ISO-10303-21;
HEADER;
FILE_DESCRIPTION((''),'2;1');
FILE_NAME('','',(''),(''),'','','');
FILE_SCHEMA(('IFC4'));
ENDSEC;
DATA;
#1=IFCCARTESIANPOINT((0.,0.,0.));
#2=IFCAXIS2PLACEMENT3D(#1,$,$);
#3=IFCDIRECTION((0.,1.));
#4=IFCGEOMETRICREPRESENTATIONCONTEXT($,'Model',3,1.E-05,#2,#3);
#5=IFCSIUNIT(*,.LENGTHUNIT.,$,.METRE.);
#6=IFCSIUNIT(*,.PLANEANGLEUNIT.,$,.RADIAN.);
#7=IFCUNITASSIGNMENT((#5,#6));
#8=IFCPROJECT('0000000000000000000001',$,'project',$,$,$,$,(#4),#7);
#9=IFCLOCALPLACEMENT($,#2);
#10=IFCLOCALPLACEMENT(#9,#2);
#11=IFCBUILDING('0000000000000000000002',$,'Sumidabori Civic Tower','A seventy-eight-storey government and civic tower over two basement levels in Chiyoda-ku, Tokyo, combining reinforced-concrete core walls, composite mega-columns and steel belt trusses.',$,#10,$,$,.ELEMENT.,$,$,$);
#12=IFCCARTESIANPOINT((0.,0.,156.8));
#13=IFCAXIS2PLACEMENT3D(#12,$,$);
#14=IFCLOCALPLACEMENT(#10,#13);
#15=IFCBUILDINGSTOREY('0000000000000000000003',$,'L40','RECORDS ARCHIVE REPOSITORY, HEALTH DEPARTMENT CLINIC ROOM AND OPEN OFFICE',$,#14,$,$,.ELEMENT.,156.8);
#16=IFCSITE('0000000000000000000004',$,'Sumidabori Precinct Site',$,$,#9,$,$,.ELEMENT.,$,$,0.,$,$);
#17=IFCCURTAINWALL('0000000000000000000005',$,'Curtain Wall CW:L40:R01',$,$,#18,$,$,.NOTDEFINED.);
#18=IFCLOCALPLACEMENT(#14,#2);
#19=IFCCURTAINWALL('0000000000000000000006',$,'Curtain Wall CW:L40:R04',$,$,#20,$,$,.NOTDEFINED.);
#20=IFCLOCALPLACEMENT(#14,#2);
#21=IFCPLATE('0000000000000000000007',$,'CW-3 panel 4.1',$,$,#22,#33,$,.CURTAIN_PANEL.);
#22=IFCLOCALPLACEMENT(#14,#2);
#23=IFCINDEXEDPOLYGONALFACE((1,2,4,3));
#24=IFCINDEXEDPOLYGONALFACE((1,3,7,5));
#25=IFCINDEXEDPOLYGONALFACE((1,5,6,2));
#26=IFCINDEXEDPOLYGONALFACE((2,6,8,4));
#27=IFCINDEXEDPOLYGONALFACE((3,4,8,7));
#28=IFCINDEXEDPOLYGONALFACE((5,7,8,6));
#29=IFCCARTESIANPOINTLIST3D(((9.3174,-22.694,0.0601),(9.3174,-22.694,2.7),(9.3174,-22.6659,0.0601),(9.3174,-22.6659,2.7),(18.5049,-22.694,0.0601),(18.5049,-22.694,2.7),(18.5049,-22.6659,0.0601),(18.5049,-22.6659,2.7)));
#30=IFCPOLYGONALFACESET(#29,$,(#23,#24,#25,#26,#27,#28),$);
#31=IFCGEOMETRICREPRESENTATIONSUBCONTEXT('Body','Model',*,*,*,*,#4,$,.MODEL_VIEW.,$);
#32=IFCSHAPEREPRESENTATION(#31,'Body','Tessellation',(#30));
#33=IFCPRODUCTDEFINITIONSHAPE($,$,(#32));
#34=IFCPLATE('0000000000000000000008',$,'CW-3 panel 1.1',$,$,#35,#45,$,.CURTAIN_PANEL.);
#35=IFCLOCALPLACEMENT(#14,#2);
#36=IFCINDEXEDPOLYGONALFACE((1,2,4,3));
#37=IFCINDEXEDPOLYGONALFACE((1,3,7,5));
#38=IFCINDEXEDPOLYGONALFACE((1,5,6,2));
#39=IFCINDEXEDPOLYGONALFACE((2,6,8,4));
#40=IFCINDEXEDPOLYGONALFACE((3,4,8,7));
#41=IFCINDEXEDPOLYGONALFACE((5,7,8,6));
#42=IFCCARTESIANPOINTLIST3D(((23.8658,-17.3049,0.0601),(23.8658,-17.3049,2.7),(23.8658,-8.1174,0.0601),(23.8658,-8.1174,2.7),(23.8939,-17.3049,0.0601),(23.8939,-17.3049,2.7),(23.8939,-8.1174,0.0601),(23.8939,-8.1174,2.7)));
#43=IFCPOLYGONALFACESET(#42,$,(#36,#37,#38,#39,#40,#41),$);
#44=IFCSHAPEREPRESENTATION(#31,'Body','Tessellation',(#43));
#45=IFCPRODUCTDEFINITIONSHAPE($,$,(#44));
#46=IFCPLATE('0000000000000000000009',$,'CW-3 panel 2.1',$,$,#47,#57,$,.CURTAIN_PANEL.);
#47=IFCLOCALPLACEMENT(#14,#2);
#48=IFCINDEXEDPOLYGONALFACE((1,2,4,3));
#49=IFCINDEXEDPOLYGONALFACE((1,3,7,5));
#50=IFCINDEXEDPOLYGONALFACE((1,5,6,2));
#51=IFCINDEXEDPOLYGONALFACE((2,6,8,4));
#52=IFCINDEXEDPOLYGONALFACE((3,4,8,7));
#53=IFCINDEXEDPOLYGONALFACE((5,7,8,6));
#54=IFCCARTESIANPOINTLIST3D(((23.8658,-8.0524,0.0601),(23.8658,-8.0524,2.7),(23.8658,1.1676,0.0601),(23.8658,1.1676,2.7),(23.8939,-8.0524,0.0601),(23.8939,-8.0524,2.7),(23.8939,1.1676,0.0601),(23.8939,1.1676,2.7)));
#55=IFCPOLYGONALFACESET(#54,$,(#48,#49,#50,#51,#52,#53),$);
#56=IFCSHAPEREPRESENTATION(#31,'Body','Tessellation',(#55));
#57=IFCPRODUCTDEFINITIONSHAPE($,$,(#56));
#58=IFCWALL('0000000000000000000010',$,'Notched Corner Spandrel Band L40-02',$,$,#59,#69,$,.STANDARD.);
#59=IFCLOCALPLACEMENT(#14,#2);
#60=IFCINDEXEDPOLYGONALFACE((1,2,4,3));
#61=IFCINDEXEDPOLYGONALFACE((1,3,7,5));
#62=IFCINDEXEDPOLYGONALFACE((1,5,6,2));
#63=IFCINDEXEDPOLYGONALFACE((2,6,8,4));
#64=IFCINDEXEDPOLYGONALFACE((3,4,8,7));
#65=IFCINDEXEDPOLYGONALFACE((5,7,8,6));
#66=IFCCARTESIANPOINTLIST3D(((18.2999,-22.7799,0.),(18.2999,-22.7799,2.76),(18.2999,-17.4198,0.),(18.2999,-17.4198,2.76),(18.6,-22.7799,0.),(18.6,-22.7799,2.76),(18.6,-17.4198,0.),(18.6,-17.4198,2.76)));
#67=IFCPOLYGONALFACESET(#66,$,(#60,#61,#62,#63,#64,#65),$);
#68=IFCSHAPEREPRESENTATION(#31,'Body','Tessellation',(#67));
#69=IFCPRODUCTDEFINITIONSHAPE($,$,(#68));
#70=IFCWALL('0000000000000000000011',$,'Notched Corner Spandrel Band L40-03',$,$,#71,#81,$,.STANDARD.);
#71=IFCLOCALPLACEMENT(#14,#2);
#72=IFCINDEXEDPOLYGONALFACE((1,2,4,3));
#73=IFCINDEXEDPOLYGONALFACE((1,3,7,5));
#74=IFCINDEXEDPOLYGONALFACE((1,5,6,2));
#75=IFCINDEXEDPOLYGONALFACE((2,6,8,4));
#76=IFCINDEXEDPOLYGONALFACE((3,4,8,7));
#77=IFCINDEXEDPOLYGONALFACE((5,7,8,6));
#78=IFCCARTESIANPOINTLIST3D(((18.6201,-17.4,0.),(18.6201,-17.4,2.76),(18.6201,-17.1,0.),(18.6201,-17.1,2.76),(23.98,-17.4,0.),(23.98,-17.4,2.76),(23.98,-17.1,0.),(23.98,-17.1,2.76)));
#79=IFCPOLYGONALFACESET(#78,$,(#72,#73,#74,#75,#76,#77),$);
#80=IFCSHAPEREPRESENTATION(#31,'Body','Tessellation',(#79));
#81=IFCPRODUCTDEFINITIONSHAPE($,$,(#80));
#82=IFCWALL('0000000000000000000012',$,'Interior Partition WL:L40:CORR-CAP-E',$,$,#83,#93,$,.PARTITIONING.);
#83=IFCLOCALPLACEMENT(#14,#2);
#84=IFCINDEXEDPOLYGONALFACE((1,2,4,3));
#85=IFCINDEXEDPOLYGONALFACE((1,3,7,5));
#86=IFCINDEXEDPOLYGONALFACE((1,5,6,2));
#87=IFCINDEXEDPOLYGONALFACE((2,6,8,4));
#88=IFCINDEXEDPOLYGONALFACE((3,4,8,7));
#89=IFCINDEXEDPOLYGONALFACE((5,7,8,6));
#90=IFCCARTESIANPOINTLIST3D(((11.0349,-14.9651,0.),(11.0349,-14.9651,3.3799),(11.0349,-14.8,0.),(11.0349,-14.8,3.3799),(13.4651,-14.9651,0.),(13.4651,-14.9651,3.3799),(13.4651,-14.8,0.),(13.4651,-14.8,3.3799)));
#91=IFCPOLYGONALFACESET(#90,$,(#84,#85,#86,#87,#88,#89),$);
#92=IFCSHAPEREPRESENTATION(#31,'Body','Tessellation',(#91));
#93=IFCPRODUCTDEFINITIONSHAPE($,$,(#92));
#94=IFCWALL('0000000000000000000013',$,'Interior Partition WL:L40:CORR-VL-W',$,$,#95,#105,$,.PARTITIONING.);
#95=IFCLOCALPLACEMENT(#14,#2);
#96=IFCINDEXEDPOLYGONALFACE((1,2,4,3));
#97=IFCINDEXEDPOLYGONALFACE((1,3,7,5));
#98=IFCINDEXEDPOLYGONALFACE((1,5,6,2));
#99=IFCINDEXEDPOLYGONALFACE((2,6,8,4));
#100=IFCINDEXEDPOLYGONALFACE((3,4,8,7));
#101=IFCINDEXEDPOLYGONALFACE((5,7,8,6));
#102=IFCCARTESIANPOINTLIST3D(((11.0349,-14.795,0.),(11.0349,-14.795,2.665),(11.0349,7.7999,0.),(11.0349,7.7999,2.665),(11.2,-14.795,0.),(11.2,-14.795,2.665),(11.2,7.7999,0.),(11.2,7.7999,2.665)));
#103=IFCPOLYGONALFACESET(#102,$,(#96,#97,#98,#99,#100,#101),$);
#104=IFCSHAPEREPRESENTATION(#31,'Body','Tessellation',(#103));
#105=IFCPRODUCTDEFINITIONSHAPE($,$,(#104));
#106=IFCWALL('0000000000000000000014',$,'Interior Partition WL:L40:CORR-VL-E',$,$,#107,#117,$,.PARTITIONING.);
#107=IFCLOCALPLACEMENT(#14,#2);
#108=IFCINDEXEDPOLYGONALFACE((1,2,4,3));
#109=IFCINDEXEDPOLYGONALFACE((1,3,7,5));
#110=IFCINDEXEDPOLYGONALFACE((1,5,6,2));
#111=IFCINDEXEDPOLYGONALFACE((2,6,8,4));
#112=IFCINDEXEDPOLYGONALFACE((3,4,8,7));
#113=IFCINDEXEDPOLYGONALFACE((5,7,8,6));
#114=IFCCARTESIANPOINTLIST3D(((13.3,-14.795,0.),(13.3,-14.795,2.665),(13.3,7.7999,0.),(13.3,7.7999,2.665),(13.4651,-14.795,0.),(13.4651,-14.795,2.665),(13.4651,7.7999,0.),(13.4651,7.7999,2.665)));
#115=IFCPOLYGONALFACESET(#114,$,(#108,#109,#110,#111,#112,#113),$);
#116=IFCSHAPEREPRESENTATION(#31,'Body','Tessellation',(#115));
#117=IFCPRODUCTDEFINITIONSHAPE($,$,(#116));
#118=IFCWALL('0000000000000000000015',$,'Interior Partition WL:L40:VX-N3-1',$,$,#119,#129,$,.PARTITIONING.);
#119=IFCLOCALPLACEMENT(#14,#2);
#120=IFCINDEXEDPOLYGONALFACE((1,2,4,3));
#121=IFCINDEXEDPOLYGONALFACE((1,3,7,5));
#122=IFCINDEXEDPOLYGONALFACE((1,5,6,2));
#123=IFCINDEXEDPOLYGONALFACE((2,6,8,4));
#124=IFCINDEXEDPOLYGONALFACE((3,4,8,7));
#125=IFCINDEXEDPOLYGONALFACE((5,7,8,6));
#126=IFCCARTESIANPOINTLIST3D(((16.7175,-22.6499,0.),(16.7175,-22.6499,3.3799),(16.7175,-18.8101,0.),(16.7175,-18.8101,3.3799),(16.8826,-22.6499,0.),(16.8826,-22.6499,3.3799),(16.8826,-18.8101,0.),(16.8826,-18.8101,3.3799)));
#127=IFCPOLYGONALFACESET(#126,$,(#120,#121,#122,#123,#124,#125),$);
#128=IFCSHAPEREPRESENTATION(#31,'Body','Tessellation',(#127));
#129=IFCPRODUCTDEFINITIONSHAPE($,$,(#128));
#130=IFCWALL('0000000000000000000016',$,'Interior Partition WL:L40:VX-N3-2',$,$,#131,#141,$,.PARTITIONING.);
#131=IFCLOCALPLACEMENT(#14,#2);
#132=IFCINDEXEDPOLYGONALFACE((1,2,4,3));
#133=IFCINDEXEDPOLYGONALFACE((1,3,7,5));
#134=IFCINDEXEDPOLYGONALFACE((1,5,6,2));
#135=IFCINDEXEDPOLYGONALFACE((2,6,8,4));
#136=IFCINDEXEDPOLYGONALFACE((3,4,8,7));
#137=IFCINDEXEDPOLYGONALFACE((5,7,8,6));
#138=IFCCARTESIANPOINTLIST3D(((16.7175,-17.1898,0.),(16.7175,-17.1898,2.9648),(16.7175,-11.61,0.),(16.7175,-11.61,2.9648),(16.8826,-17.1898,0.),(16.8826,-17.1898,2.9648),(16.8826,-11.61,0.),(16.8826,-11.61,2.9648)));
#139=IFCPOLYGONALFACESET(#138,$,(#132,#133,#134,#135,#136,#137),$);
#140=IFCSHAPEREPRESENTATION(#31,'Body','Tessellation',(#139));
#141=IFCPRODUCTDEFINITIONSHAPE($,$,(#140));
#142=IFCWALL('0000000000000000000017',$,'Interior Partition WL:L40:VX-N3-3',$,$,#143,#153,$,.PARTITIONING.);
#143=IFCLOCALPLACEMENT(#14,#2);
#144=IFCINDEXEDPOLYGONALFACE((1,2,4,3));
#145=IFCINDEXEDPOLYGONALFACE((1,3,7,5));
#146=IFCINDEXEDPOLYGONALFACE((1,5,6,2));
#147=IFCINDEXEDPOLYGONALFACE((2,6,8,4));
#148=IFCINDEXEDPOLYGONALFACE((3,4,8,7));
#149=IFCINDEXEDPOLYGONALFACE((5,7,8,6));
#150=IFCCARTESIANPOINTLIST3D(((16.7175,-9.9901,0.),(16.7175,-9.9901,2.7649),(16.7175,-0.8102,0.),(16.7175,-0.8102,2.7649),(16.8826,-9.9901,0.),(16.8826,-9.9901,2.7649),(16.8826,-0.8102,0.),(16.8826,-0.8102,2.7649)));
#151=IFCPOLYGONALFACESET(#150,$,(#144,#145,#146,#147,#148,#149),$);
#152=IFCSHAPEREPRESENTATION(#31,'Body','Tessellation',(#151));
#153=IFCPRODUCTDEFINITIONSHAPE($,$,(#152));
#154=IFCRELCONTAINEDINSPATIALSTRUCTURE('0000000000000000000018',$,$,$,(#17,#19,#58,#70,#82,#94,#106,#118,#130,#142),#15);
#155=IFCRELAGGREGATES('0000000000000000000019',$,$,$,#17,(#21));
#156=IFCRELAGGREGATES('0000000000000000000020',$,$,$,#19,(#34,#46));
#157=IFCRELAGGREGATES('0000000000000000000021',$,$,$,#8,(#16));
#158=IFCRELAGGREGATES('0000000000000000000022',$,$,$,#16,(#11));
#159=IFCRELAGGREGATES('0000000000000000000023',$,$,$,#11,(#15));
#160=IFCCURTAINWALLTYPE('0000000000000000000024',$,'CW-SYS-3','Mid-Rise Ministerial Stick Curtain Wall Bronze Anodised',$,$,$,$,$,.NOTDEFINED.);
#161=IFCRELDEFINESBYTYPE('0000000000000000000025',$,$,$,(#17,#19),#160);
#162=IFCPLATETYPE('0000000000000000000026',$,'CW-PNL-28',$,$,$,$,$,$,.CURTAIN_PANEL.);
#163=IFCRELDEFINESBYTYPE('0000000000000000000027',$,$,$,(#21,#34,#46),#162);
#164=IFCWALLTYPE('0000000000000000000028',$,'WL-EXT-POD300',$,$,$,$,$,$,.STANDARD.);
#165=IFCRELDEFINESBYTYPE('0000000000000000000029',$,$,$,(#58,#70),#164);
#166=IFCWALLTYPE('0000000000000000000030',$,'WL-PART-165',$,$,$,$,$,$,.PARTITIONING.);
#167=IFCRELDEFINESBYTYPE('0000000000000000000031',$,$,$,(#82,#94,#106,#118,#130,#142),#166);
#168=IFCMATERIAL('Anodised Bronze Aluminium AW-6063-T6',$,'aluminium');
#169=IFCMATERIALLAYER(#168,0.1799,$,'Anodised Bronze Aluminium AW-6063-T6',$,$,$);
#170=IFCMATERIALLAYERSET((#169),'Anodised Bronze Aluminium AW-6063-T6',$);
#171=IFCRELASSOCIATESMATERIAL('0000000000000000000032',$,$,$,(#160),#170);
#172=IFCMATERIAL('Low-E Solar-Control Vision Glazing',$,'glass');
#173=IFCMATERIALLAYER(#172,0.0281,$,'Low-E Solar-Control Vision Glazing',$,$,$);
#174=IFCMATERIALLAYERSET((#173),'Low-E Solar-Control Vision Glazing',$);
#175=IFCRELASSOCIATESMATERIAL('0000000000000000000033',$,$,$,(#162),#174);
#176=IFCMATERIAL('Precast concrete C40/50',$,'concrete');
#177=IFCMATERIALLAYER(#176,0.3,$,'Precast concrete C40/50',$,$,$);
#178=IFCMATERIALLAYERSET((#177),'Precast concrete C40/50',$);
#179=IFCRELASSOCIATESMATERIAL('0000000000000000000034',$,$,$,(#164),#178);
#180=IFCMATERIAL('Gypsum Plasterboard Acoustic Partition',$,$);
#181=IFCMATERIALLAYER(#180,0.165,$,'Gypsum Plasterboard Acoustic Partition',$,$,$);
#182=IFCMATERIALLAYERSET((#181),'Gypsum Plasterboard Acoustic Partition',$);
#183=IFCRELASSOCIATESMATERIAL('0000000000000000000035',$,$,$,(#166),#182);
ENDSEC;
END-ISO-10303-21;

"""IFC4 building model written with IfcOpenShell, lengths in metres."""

from ifc_helpers import new_model, si_unit, direction, frame, frame_2d, origin, origin_2d, place, context, subcontext, project, spatial, rectangle, extrude, source, transform, mapped, material, layer, layer_set, type_object, element, aggregate, save


model = new_model("IFC4")

# Units and contexts
model_context = context("Model", 3, precision=1e-05, world=origin(), true_north=direction((0.0, 1.0)))
body_context = subcontext(model_context, "Body", "Model", "MODEL_VIEW")
ifc_project = project(units=[si_unit("LENGTHUNIT", "METRE"), si_unit("PLANEANGLEUNIT", "RADIAN")], contexts=[model_context])

# Site, building, storey
site_placement = place(None, origin())
site = spatial("IfcSite", under=ifc_project, at=site_placement, Name="Sumidabori Precinct Site", CompositionType="ELEMENT", RefElevation=0.0)
building_placement = place(site_placement, origin())
building = spatial("IfcBuilding", under=site, at=building_placement, Name="Sumidabori Civic Tower", Description="A seventy-eight-storey government and civic tower over two basement levels in Chiyoda-ku, Tokyo, combining reinforced-concrete core walls, composite mega-columns and steel belt trusses.", CompositionType="ELEMENT")
storey_placement = place(building_placement, frame((0.0, 0.0, 156.8)))
storey = spatial("IfcBuildingStorey", under=building, at=storey_placement, Name="L40", Description="RECORDS ARCHIVE REPOSITORY, HEALTH DEPARTMENT CLINIC ROOM AND OPEN OFFICE", CompositionType="ELEMENT", Elevation=156.8)

# Curtain wall
ifc_material_1 = material(Name="Anodised Bronze Aluminium AW-6063-T6", Category="aluminium")
ifc_layer_1 = layer(ifc_material_1, 0.1799, Name="Anodised Bronze Aluminium AW-6063-T6")
ifc_layer_set_1 = layer_set([ifc_layer_1], Name="Anodised Bronze Aluminium AW-6063-T6")
curtain_wall_type = type_object("IfcCurtainWallType", Name="CW-SYS-3", Description="Mid-Rise Ministerial Stick Curtain Wall Bronze Anodised", PredefinedType="NOTDEFINED", material=ifc_layer_set_1)
curtain_wall_1_placement = place(storey_placement, origin())
curtain_wall_1 = element("IfcCurtainWall", 1, at=curtain_wall_1_placement, inside=storey, type_object=curtain_wall_type, Name="Curtain Wall CW:L40:R01", PredefinedType="NOTDEFINED")

# Curtain wall
curtain_wall_2_placement = place(storey_placement, origin())
curtain_wall_2 = element("IfcCurtainWall", 2, at=curtain_wall_2_placement, inside=storey, type_object=curtain_wall_type, Name="Curtain Wall CW:L40:R04", PredefinedType="NOTDEFINED")

# Plates
ifc_material_2 = material(Name="Low-E Solar-Control Vision Glazing", Category="glass")
ifc_layer_2 = layer(ifc_material_2, 0.0281, Name="Low-E Solar-Control Vision Glazing")
ifc_layer_set_2 = layer_set([ifc_layer_2], Name="Low-E Solar-Control Vision Glazing")
plate_type = type_object("IfcPlateType", Name="CW-PNL-28", PredefinedType="CURTAIN_PANEL", material=ifc_layer_set_2)
shared_shape_1 = source(origin(), body_context, "Body", "SweptSolid", [
    extrude(rectangle(XDim=9.1875, YDim=0.0281, at=origin_2d()), origin(), (0.0, 0.0, 1.0), 2.6399),
])
plate_1_placement = place(storey_placement, frame((13.9111, -22.6799, 0.0601), z_axis=(0.0, 0.0, 1.0), x_axis=(1.0, 0.0, 0.0)))
plate_1 = element("IfcPlate", 3, at=plate_1_placement, type_object=plate_type, Name="CW-3 panel 4.1", PredefinedType="CURTAIN_PANEL", context=body_context, shape_type="MappedRepresentation", body=[
    mapped(shared_shape_1, transform((0.0, 0.0, 0.0), x_axis=(1.0, 0.0, 0.0), y_axis=(0.0, 1.0, 0.0), z_axis=(0.0, 0.0, 1.0), scale=1.0)),
])
aggregate(curtain_wall_1, [plate_1])
plate_2_placement = place(storey_placement, frame((23.8799, -12.7112, 0.0601), z_axis=(0.0, 0.0, 1.0), x_axis=(0.0, 1.0, 0.0)))
plate_2 = element("IfcPlate", 4, at=plate_2_placement, type_object=plate_type, Name="CW-3 panel 1.1", PredefinedType="CURTAIN_PANEL", context=body_context, shape_type="MappedRepresentation", body=[
    mapped(shared_shape_1, transform((0.0, 0.0, 0.0), x_axis=(1.0, 0.0, 0.0), y_axis=(0.0, 1.0, 0.0), z_axis=(0.0, 0.0, 1.0), scale=1.0)),
])
shared_shape_2 = source(origin(), body_context, "Body", "SweptSolid", [
    extrude(rectangle(XDim=9.22, YDim=0.0281, at=origin_2d()), origin(), (0.0, 0.0, 1.0), 2.6399),
])
plate_3_placement = place(storey_placement, frame((23.8799, -3.4424, 0.0601), z_axis=(0.0, 0.0, 1.0), x_axis=(0.0, 1.0, 0.0)))
plate_3 = element("IfcPlate", 5, at=plate_3_placement, type_object=plate_type, Name="CW-3 panel 2.1", PredefinedType="CURTAIN_PANEL", context=body_context, shape_type="MappedRepresentation", body=[
    mapped(shared_shape_2, transform((0.0, 0.0, 0.0), x_axis=(1.0, 0.0, 0.0), y_axis=(0.0, 1.0, 0.0), z_axis=(0.0, 0.0, 1.0), scale=1.0)),
])
aggregate(curtain_wall_2, [plate_2, plate_3])

# Walls
ifc_material_3 = material(Name="Precast concrete C40/50", Category="concrete")
ifc_layer_3 = layer(ifc_material_3, 0.3, Name="Precast concrete C40/50")
ifc_layer_set_3 = layer_set([ifc_layer_3], Name="Precast concrete C40/50")
wall_type_1 = type_object("IfcWallType", Name="WL-EXT-POD300", PredefinedType="STANDARD", material=ifc_layer_set_3)
shared_shape_3 = source(origin(), body_context, "Body", "SweptSolid", [
    extrude(rectangle(XDim=5.3601, YDim=0.3, at=frame_2d((2.6802, 0.0))), origin(), (0.0, 0.0, 1.0), 2.76),
])
wall_1_placement = place(storey_placement, frame((18.45, -22.78, 0.0), z_axis=(0.0, 0.0, 1.0), x_axis=(0.0, 1.0, 0.0)))
element("IfcWall", 6, at=wall_1_placement, inside=storey, type_object=wall_type_1, Name="Notched Corner Spandrel Band L40-02", PredefinedType="STANDARD", context=body_context, shape_type="MappedRepresentation", body=[
    mapped(shared_shape_3, transform((0.0, 0.0, 0.0), x_axis=(1.0, 0.0, 0.0), y_axis=(0.0, 1.0, 0.0), z_axis=(0.0, 0.0, 1.0), scale=1.0)),
])
shared_shape_4 = source(origin(), body_context, "Body", "SweptSolid", [
    extrude(rectangle(XDim=5.3599, YDim=0.3, at=frame_2d((2.6799, 0.0))), origin(), (0.0, 0.0, 1.0), 2.76),
])
wall_2_placement = place(storey_placement, frame((18.6201, -17.25, 0.0), z_axis=(0.0, 0.0, 1.0), x_axis=(1.0, 0.0, 0.0)))
element("IfcWall", 7, at=wall_2_placement, inside=storey, type_object=wall_type_1, Name="Notched Corner Spandrel Band L40-03", PredefinedType="STANDARD", context=body_context, shape_type="MappedRepresentation", body=[
    mapped(shared_shape_4, transform((0.0, 0.0, 0.0), x_axis=(1.0, 0.0, 0.0), y_axis=(0.0, 1.0, 0.0), z_axis=(0.0, 0.0, 1.0), scale=1.0)),
])
ifc_material_4 = material(Name="Gypsum Plasterboard Acoustic Partition")
ifc_layer_4 = layer(ifc_material_4, 0.165, Name="Gypsum Plasterboard Acoustic Partition")
ifc_layer_set_4 = layer_set([ifc_layer_4], Name="Gypsum Plasterboard Acoustic Partition")
wall_type_2 = type_object("IfcWallType", Name="WL-PART-165", PredefinedType="PARTITIONING", material=ifc_layer_set_4)
shared_shape_5 = source(origin(), body_context, "Body", "SweptSolid", [
    extrude(rectangle(XDim=2.4302, YDim=0.165, at=frame_2d((1.2151, 0.0))), origin(), (0.0, 0.0, 1.0), 3.3799),
])
wall_3_placement = place(storey_placement, frame((11.0349, -14.8826, 0.0), z_axis=(0.0, 0.0, 1.0), x_axis=(1.0, 0.0, 0.0)))
element("IfcWall", 8, at=wall_3_placement, inside=storey, type_object=wall_type_2, Name="Interior Partition WL:L40:CORR-CAP-E", PredefinedType="PARTITIONING", context=body_context, shape_type="MappedRepresentation", body=[
    mapped(shared_shape_5, transform((0.0, 0.0, 0.0), x_axis=(1.0, 0.0, 0.0), y_axis=(0.0, 1.0, 0.0), z_axis=(0.0, 0.0, 1.0), scale=1.0)),
])
shared_shape_6 = source(origin(), body_context, "Body", "SweptSolid", [
    extrude(rectangle(XDim=22.595, YDim=0.165, at=frame_2d((11.2974, 0.0))), origin(), (0.0, 0.0, 1.0), 2.665),
])
for number, where, z_axis, x_axis, name in (
    (9, (11.1174, -14.7949, 0.0), (0.0, 0.0, 1.0), (0.0, 1.0, 0.0), "Interior Partition WL:L40:CORR-VL-W"),
    (10, (13.3826, -14.7949, 0.0), (0.0, 0.0, 1.0), (0.0, 1.0, 0.0), "Interior Partition WL:L40:CORR-VL-E"),
):
    element("IfcWall", number, at=place(storey_placement, frame(where, z_axis=z_axis, x_axis=x_axis)), inside=storey, type_object=wall_type_2, Name=name, PredefinedType="PARTITIONING", context=body_context, shape_type="MappedRepresentation", body=[
        mapped(shared_shape_6, transform((0.0, 0.0, 0.0), x_axis=(1.0, 0.0, 0.0), y_axis=(0.0, 1.0, 0.0), z_axis=(0.0, 0.0, 1.0), scale=1.0)),
    ])
shared_shape_7 = source(origin(), body_context, "Body", "SweptSolid", [
    extrude(rectangle(XDim=3.8398, YDim=0.165, at=frame_2d((1.9199, 0.0))), origin(), (0.0, 0.0, 1.0), 3.3799),
])
wall_4_placement = place(storey_placement, frame((16.8, -22.6499, 0.0), z_axis=(0.0, 0.0, 1.0), x_axis=(0.0, 1.0, 0.0)))
element("IfcWall", 11, at=wall_4_placement, inside=storey, type_object=wall_type_2, Name="Interior Partition WL:L40:VX-N3-1", PredefinedType="PARTITIONING", context=body_context, shape_type="MappedRepresentation", body=[
    mapped(shared_shape_7, transform((0.0, 0.0, 0.0), x_axis=(1.0, 0.0, 0.0), y_axis=(0.0, 1.0, 0.0), z_axis=(0.0, 0.0, 1.0), scale=1.0)),
])
shared_shape_8 = source(origin(), body_context, "Body", "SweptSolid", [
    extrude(rectangle(XDim=5.5798, YDim=0.165, at=frame_2d((2.79, 0.0))), origin(), (0.0, 0.0, 1.0), 2.9648),
])
wall_5_placement = place(storey_placement, frame((16.8, -17.1899, 0.0), z_axis=(0.0, 0.0, 1.0), x_axis=(0.0, 1.0, 0.0)))
element("IfcWall", 12, at=wall_5_placement, inside=storey, type_object=wall_type_2, Name="Interior Partition WL:L40:VX-N3-2", PredefinedType="PARTITIONING", context=body_context, shape_type="MappedRepresentation", body=[
    mapped(shared_shape_8, transform((0.0, 0.0, 0.0), x_axis=(1.0, 0.0, 0.0), y_axis=(0.0, 1.0, 0.0), z_axis=(0.0, 0.0, 1.0), scale=1.0)),
])
shared_shape_9 = source(origin(), body_context, "Body", "SweptSolid", [
    extrude(rectangle(XDim=9.1799, YDim=0.165, at=frame_2d((4.5898, 0.0))), origin(), (0.0, 0.0, 1.0), 2.7649),
])
wall_6_placement = place(storey_placement, frame((16.8, -9.99, 0.0), z_axis=(0.0, 0.0, 1.0), x_axis=(0.0, 1.0, 0.0)))
element("IfcWall", 13, at=wall_6_placement, inside=storey, type_object=wall_type_2, Name="Interior Partition WL:L40:VX-N3-3", PredefinedType="PARTITIONING", context=body_context, shape_type="MappedRepresentation", body=[
    mapped(shared_shape_9, transform((0.0, 0.0, 0.0), x_axis=(1.0, 0.0, 0.0), y_axis=(0.0, 1.0, 0.0), z_axis=(0.0, 0.0, 1.0), scale=1.0)),
])

save(model, "model.ifc")
